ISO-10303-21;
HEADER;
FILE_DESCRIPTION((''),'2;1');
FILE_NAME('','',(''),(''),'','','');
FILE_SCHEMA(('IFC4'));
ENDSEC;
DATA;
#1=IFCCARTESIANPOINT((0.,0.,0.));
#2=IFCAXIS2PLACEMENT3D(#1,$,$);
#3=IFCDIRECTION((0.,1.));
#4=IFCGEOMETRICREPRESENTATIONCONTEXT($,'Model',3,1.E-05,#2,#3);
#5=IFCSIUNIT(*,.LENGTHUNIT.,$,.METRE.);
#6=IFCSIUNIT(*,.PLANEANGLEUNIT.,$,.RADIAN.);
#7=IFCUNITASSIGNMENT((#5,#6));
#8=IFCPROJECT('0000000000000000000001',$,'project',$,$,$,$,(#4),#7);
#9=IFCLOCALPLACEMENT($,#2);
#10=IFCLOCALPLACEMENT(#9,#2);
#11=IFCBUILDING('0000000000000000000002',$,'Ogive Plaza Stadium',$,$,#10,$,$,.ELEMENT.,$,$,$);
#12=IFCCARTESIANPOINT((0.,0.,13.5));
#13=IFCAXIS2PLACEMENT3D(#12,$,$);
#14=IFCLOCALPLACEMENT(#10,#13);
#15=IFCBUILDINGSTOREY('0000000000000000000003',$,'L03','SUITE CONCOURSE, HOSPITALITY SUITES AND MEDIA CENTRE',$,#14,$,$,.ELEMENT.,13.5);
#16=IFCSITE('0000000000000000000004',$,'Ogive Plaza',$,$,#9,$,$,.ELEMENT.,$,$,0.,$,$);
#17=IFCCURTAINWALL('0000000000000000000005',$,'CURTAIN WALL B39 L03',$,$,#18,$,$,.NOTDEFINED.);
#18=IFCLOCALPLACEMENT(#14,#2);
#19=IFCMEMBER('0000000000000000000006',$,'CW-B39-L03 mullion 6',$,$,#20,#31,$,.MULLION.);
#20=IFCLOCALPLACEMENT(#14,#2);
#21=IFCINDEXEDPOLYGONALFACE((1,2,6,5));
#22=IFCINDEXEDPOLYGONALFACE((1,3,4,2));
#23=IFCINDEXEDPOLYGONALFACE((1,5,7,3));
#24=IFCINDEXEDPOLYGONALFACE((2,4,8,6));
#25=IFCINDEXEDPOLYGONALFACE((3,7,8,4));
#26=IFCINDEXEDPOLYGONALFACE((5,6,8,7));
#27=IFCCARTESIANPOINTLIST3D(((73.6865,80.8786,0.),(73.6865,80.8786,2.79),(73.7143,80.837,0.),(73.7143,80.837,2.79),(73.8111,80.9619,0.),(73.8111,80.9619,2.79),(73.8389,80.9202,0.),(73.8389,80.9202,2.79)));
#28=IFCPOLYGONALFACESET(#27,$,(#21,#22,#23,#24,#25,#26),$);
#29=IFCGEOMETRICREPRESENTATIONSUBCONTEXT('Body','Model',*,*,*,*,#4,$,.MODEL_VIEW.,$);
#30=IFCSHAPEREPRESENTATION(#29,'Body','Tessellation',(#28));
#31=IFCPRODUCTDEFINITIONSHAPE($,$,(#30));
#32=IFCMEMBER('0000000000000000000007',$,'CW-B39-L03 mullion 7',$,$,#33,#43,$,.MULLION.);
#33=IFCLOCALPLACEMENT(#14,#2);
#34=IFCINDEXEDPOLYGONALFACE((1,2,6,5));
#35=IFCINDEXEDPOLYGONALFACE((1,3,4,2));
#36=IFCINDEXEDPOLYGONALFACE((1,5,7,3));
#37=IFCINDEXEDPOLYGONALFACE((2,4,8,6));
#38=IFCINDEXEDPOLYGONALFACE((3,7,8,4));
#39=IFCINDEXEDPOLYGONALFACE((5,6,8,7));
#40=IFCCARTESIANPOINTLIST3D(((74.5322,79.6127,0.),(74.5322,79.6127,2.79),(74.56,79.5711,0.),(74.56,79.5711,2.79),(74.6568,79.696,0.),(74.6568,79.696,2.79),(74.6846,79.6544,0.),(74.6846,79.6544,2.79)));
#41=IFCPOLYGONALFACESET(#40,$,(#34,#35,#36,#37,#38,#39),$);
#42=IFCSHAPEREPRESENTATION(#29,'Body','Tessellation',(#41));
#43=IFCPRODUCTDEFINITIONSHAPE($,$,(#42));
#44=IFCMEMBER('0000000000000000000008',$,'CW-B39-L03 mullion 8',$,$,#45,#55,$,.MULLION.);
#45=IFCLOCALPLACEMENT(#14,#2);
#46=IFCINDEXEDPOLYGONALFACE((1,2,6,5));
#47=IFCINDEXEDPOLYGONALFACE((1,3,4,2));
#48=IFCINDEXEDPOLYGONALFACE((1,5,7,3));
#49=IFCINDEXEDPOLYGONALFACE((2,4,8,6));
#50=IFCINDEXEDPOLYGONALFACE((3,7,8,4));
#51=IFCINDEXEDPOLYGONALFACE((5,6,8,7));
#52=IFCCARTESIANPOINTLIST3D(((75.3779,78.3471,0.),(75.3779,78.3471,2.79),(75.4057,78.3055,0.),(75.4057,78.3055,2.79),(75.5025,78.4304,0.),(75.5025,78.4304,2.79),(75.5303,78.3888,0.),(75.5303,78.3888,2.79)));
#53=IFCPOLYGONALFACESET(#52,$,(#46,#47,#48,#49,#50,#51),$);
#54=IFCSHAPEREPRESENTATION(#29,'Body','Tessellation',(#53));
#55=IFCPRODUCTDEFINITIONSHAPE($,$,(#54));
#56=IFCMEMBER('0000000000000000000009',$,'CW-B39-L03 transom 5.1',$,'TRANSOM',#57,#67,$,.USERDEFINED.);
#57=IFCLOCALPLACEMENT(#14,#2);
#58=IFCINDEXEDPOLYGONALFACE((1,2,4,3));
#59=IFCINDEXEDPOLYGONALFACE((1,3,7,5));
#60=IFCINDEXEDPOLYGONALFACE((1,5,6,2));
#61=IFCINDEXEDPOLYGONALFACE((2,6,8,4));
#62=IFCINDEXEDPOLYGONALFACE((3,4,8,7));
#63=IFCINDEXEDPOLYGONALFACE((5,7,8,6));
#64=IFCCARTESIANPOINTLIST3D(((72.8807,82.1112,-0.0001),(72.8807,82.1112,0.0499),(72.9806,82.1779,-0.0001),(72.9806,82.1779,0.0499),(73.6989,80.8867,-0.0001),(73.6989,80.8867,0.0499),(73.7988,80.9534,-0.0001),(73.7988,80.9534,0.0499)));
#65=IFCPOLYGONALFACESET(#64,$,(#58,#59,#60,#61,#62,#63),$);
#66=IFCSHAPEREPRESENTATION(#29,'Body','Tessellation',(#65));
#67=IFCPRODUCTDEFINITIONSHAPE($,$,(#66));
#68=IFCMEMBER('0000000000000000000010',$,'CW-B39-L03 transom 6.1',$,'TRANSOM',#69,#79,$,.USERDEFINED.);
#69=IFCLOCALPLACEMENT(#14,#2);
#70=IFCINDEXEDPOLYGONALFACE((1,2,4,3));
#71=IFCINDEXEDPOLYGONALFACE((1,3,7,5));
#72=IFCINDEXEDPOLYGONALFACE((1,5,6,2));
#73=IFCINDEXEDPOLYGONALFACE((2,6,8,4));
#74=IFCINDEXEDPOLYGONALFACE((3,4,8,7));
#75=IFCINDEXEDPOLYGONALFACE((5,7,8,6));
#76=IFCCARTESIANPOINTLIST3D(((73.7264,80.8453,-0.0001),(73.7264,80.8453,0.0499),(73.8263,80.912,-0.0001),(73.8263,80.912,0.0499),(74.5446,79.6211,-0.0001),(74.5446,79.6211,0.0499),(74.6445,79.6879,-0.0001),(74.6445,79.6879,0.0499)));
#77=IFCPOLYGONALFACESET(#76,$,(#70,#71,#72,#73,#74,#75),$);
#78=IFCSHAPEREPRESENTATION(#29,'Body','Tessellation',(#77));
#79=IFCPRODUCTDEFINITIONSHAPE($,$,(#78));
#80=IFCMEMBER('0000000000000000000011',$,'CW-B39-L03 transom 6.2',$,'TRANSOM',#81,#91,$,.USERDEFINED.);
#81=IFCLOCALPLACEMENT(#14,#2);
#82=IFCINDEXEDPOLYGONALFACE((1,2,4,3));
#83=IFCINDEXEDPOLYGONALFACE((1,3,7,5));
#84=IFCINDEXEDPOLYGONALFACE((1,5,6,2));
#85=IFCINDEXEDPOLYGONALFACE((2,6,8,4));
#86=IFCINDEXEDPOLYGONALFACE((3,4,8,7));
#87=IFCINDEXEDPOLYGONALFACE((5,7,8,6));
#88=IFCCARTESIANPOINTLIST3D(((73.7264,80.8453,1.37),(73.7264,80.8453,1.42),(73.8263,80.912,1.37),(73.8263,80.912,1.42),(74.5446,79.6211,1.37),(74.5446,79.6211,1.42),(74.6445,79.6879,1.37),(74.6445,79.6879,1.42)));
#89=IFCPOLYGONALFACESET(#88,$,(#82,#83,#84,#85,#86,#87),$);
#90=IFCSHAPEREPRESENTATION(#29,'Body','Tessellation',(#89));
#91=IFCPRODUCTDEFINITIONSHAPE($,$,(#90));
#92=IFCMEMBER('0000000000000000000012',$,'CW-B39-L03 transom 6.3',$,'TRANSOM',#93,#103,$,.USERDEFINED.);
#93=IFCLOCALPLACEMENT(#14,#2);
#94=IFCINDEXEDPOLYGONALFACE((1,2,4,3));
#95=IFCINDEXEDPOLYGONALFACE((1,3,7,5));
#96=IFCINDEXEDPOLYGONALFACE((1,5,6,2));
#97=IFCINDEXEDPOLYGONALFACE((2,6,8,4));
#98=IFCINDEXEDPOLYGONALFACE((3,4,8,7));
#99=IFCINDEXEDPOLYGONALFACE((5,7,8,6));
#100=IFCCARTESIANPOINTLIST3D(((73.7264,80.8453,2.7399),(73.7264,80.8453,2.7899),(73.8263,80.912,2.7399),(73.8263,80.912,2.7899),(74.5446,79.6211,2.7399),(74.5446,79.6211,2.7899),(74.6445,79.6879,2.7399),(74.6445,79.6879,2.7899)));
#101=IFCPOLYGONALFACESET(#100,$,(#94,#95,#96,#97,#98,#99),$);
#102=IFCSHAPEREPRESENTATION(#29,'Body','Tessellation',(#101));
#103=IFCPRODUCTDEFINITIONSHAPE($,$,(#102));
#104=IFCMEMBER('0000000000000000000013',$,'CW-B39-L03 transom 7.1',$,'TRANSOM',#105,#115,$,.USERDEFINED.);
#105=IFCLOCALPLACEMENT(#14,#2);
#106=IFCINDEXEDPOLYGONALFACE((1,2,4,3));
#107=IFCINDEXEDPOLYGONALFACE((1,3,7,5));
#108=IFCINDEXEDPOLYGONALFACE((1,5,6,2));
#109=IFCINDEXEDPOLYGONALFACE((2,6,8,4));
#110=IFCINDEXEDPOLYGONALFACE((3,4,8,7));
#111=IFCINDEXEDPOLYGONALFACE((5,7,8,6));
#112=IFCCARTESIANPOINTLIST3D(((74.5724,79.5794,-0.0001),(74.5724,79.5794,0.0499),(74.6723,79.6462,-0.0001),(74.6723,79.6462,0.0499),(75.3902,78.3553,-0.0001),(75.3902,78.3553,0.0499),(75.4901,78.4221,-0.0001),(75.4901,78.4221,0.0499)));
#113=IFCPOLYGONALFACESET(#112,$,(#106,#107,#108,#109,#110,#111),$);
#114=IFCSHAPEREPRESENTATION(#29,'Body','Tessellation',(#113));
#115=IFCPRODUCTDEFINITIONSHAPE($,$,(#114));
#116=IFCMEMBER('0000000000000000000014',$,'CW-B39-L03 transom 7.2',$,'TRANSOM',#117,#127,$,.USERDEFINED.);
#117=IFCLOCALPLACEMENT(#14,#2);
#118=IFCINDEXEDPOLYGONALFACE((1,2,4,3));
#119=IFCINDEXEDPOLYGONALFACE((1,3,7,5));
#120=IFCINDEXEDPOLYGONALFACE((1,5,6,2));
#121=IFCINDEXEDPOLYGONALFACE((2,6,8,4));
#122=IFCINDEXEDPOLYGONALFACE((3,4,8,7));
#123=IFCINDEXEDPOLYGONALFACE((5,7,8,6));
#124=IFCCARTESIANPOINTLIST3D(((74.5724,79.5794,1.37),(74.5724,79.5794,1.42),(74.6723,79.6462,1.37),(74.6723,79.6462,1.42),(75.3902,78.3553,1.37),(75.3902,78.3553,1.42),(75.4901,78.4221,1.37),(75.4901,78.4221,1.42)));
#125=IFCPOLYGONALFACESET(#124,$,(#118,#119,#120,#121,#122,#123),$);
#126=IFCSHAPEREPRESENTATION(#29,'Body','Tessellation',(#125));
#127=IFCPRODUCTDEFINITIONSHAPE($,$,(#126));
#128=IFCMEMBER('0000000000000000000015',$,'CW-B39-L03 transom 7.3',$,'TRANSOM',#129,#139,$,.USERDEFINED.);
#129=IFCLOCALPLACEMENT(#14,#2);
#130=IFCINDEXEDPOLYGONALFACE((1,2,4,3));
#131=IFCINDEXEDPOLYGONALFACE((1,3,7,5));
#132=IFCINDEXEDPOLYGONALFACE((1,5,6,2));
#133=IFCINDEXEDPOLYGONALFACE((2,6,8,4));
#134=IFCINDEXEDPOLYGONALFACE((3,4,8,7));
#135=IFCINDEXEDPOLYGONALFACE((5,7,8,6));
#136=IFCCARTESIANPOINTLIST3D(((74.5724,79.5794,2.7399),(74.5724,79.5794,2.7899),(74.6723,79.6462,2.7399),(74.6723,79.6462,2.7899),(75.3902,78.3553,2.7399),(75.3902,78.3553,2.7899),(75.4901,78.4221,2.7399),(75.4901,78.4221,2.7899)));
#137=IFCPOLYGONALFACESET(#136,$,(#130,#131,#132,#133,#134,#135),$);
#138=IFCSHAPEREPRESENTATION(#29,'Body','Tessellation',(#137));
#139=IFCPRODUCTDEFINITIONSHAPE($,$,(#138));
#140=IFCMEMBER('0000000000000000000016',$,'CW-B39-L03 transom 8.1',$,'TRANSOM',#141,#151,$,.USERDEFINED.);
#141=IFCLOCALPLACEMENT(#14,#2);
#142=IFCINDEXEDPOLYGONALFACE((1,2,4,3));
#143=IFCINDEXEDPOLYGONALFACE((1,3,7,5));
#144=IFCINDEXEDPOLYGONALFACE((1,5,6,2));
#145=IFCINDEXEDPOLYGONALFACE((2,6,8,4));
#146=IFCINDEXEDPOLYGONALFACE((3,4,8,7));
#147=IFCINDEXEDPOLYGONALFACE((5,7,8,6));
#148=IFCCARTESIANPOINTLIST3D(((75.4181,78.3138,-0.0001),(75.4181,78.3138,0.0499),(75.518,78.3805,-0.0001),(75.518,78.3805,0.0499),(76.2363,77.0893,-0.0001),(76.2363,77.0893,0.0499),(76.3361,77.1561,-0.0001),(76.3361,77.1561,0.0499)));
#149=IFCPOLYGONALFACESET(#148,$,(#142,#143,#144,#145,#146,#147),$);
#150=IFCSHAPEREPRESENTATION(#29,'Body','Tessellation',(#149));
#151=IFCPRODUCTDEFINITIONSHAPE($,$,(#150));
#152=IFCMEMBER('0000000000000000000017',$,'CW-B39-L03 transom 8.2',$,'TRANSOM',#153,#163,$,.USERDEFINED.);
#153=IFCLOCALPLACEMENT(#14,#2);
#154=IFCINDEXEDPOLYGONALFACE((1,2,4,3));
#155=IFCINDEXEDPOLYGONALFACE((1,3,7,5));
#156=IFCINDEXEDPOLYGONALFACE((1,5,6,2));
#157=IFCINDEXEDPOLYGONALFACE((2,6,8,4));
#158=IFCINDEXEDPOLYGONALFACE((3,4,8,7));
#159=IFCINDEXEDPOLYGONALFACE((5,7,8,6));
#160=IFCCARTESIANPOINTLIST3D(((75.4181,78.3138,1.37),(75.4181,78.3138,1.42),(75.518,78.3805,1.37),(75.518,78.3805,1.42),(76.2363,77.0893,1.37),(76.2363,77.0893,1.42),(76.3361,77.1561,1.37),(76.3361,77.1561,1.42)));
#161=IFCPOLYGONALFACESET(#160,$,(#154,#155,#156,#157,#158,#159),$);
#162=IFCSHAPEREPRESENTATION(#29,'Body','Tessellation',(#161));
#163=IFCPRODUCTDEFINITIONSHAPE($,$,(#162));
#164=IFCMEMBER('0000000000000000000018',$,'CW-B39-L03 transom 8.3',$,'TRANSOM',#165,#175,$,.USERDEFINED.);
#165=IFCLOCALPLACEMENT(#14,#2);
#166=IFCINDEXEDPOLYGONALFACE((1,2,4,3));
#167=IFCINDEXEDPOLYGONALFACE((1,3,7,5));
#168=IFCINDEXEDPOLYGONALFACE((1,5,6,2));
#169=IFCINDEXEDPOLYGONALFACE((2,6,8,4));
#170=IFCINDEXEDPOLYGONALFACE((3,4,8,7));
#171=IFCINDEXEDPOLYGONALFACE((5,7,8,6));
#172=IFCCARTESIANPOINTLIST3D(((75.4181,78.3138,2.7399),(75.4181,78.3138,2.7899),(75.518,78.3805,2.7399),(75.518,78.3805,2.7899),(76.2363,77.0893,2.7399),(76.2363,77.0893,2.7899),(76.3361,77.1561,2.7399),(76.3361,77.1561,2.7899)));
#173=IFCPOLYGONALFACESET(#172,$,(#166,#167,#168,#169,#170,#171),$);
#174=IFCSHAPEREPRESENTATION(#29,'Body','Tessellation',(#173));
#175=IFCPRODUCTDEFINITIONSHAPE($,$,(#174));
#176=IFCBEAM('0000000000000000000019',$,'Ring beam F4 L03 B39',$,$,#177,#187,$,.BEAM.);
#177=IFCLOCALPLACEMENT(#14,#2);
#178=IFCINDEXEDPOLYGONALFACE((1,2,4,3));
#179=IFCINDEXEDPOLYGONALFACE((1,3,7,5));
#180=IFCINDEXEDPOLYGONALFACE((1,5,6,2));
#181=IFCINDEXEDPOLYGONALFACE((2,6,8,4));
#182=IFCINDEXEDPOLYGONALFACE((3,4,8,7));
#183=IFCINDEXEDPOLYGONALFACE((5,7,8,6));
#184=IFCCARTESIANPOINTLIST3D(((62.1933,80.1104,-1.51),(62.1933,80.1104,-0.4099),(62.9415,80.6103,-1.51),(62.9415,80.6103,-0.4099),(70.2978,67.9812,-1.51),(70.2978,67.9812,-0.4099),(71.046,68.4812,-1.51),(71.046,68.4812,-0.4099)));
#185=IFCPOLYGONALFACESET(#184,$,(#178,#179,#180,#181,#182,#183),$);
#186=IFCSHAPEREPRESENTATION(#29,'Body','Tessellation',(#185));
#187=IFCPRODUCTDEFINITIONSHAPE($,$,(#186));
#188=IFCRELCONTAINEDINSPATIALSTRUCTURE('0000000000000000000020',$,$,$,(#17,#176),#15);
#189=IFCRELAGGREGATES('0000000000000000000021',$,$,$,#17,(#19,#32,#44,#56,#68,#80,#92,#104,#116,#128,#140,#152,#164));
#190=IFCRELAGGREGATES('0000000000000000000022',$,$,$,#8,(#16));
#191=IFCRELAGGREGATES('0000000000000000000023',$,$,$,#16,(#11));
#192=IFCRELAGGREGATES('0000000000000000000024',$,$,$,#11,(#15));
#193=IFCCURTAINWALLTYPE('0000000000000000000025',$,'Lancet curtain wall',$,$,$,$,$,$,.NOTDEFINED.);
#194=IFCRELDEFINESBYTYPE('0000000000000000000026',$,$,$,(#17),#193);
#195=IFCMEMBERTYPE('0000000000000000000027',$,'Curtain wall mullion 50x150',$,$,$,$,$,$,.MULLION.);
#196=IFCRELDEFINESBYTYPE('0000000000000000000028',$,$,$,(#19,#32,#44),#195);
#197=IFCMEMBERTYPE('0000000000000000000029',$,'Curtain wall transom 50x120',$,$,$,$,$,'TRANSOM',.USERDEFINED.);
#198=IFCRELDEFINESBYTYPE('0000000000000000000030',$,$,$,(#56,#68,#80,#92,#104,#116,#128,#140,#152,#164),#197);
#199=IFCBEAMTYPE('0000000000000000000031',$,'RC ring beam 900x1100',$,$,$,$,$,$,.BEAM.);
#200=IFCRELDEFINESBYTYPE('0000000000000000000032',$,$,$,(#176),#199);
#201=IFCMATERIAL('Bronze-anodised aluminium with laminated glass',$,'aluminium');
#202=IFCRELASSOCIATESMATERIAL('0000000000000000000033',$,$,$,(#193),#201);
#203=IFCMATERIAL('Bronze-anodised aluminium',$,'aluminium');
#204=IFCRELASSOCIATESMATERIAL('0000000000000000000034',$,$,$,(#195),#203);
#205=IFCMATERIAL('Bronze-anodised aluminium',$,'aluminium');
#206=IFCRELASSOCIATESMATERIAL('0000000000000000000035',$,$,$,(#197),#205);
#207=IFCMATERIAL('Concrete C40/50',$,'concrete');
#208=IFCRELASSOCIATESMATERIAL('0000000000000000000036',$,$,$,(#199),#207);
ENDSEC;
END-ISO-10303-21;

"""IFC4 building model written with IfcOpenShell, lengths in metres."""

from ifc_helpers import new_model, si_unit, direction, frame, origin, origin_2d, place, context, subcontext, project, spatial, rectangle, extrude, material, material_profile, profile_set, type_object, element, aggregate, save


model = new_model("IFC4")

# Units and contexts
model_context = context("Model", 3, precision=1e-05, world=origin(), true_north=direction((0.0, 1.0)))
body_context = subcontext(model_context, "Body", "Model", "MODEL_VIEW")
ifc_project = project(units=[si_unit("LENGTHUNIT", "METRE"), si_unit("PLANEANGLEUNIT", "RADIAN")], contexts=[model_context])

# Site, building, storey
site_placement = place(None, origin())
site = spatial("IfcSite", under=ifc_project, at=site_placement, Name="Ogive Plaza", CompositionType="ELEMENT", RefElevation=0.0)
building_placement = place(site_placement, origin())
building = spatial("IfcBuilding", under=site, at=building_placement, Name="Ogive Plaza Stadium", CompositionType="ELEMENT")
storey_placement = place(building_placement, frame((0.0, 0.0, 13.5)))
storey = spatial("IfcBuildingStorey", under=building, at=storey_placement, Name="L03", Description="SUITE CONCOURSE, HOSPITALITY SUITES AND MEDIA CENTRE", CompositionType="ELEMENT", Elevation=13.5)

# Curtain wall, members
ifc_material_1 = material(Name="Bronze-anodised aluminium with laminated glass", Category="aluminium")
curtain_wall_type = type_object("IfcCurtainWallType", Name="Lancet curtain wall", PredefinedType="NOTDEFINED", material=ifc_material_1)
curtain_wall_placement = place(storey_placement, origin())
curtain_wall = element("IfcCurtainWall", 1, at=curtain_wall_placement, inside=storey, type_object=curtain_wall_type, Name="CURTAIN WALL B39 L03", PredefinedType="NOTDEFINED")
ifc_material_2 = material(Name="Bronze-anodised aluminium", Category="aluminium")
ifc_material_profile_1 = material_profile(ifc_material_2, rectangle(XDim=0.1499, YDim=0.05, at=origin_2d()), Name="AL 150x50")
ifc_profile_set_1 = profile_set([ifc_material_profile_1], Name="Bronze-anodised aluminium")
member_type_1 = type_object("IfcMemberType", Name="Curtain wall mullion 50x150", PredefinedType="MULLION", material=ifc_profile_set_1)
member_1_placement = place(storey_placement, frame((73.7627, 80.8994, 0.0), z_axis=(0.0, 0.0, 1.0), x_axis=(0.83147, 0.55557, 0.0)))
member_1 = element("IfcMember", 2, at=member_1_placement, type_object=member_type_1, Name="CW-B39-L03 mullion 6", PredefinedType="MULLION", context=body_context, shape_type="SweptSolid", body=[
    extrude(rectangle(XDim=0.1499, YDim=0.05, at=origin_2d()), origin(), (0.0, 0.0, 1.0), 2.79),
])
member_2_placement = place(storey_placement, frame((74.6084, 79.6335, 0.0), z_axis=(0.0, 0.0, 1.0), x_axis=(0.83147, 0.55557, 0.0)))
member_2 = element("IfcMember", 3, at=member_2_placement, type_object=member_type_1, Name="CW-B39-L03 mullion 7", PredefinedType="MULLION", context=body_context, shape_type="SweptSolid", body=[
    extrude(rectangle(XDim=0.1499, YDim=0.05, at=origin_2d()), origin(), (0.0, 0.0, 1.0), 2.79),
])
member_3_placement = place(storey_placement, frame((75.4541, 78.3679, 0.0), z_axis=(0.0, 0.0, 1.0), x_axis=(0.83147, 0.55557, 0.0)))
member_3 = element("IfcMember", 4, at=member_3_placement, type_object=member_type_1, Name="CW-B39-L03 mullion 8", PredefinedType="MULLION", context=body_context, shape_type="SweptSolid", body=[
    extrude(rectangle(XDim=0.1499, YDim=0.05, at=origin_2d()), origin(), (0.0, 0.0, 1.0), 2.79),
])
ifc_material_3 = material(Name="Bronze-anodised aluminium", Category="aluminium")
ifc_material_profile_2 = material_profile(ifc_material_3, rectangle(XDim=0.1201, YDim=0.05, at=origin_2d()), Name="AL 120x50")
ifc_profile_set_2 = profile_set([ifc_material_profile_2], Name="Bronze-anodised aluminium")
member_type_2 = type_object("IfcMemberType", Name="Curtain wall transom 50x120", ElementType="TRANSOM", PredefinedType="USERDEFINED", material=ifc_profile_set_2)
member_4_placement = place(storey_placement, frame((72.9307, 82.1445, 0.0249), z_axis=(0.55558, -0.831463, 0.0), x_axis=(0.831463, 0.55558, 0.0)))
member_4 = element("IfcMember", 5, at=member_4_placement, type_object=member_type_2, Name="CW-B39-L03 transom 5.1", ObjectType="TRANSOM", PredefinedType="USERDEFINED", context=body_context, shape_type="SweptSolid", body=[
    extrude(rectangle(XDim=0.1201, YDim=0.05, at=origin_2d()), origin(), (0.0, 0.0, 1.0), 1.4727),
])
member_5_placement = place(storey_placement, frame((73.7764, 80.8787, 0.0249), z_axis=(0.555656, -0.831412, 0.0), x_axis=(0.831412, 0.555656, 0.0)))
member_5 = element("IfcMember", 6, at=member_5_placement, type_object=member_type_2, Name="CW-B39-L03 transom 6.1", ObjectType="TRANSOM", PredefinedType="USERDEFINED", context=body_context, shape_type="SweptSolid", body=[
    extrude(rectangle(XDim=0.1201, YDim=0.05, at=origin_2d()), origin(), (0.0, 0.0, 1.0), 1.4724),
])
member_6_placement = place(storey_placement, frame((73.7764, 80.8787, 1.395), z_axis=(0.555656, -0.831412, 0.0), x_axis=(0.831412, 0.555656, 0.0)))
member_6 = element("IfcMember", 7, at=member_6_placement, type_object=member_type_2, Name="CW-B39-L03 transom 6.2", ObjectType="TRANSOM", PredefinedType="USERDEFINED", context=body_context, shape_type="SweptSolid", body=[
    extrude(rectangle(XDim=0.1201, YDim=0.05, at=origin_2d()), origin(), (0.0, 0.0, 1.0), 1.4724),
])
member_7_placement = place(storey_placement, frame((73.7764, 80.8787, 2.7649), z_axis=(0.555656, -0.831412, 0.0), x_axis=(0.831412, 0.555656, 0.0)))
member_7 = element("IfcMember", 8, at=member_7_placement, type_object=member_type_2, Name="CW-B39-L03 transom 6.3", ObjectType="TRANSOM", PredefinedType="USERDEFINED", context=body_context, shape_type="SweptSolid", body=[
    extrude(rectangle(XDim=0.1201, YDim=0.05, at=origin_2d()), origin(), (0.0, 0.0, 1.0), 1.4724),
])
member_8_placement = place(storey_placement, frame((74.6223, 79.6128, 0.0249), z_axis=(0.555542, -0.831489, 0.0), x_axis=(0.831489, 0.555542, 0.0)))
member_8 = element("IfcMember", 9, at=member_8_placement, type_object=member_type_2, Name="CW-B39-L03 transom 7.1", ObjectType="TRANSOM", PredefinedType="USERDEFINED", context=body_context, shape_type="SweptSolid", body=[
    extrude(rectangle(XDim=0.1201, YDim=0.05, at=origin_2d()), origin(), (0.0, 0.0, 1.0), 1.4722),
])
member_9_placement = place(storey_placement, frame((74.6223, 79.6128, 1.395), z_axis=(0.555542, -0.831489, 0.0), x_axis=(0.831489, 0.555542, 0.0)))
member_9 = element("IfcMember", 10, at=member_9_placement, type_object=member_type_2, Name="CW-B39-L03 transom 7.2", ObjectType="TRANSOM", PredefinedType="USERDEFINED", context=body_context, shape_type="SweptSolid", body=[
    extrude(rectangle(XDim=0.1201, YDim=0.05, at=origin_2d()), origin(), (0.0, 0.0, 1.0), 1.4722),
])
member_10_placement = place(storey_placement, frame((74.6223, 79.6128, 2.7649), z_axis=(0.555542, -0.831489, 0.0), x_axis=(0.831489, 0.555542, 0.0)))
member_10 = element("IfcMember", 11, at=member_10_placement, type_object=member_type_2, Name="CW-B39-L03 transom 7.3", ObjectType="TRANSOM", PredefinedType="USERDEFINED", context=body_context, shape_type="SweptSolid", body=[
    extrude(rectangle(XDim=0.1201, YDim=0.05, at=origin_2d()), origin(), (0.0, 0.0, 1.0), 1.4722),
])
member_11_placement = place(storey_placement, frame((75.468, 78.3472, 0.0249), z_axis=(0.55558, -0.831463, 0.0), x_axis=(0.831463, 0.55558, 0.0)))
member_11 = element("IfcMember", 12, at=member_11_placement, type_object=member_type_2, Name="CW-B39-L03 transom 8.1", ObjectType="TRANSOM", PredefinedType="USERDEFINED", context=body_context, shape_type="SweptSolid", body=[
    extrude(rectangle(XDim=0.1201, YDim=0.05, at=origin_2d()), origin(), (0.0, 0.0, 1.0), 1.4727),
])
member_12_placement = place(storey_placement, frame((75.468, 78.3472, 1.395), z_axis=(0.55558, -0.831463, 0.0), x_axis=(0.831463, 0.55558, 0.0)))
member_12 = element("IfcMember", 13, at=member_12_placement, type_object=member_type_2, Name="CW-B39-L03 transom 8.2", ObjectType="TRANSOM", PredefinedType="USERDEFINED", context=body_context, shape_type="SweptSolid", body=[
    extrude(rectangle(XDim=0.1201, YDim=0.05, at=origin_2d()), origin(), (0.0, 0.0, 1.0), 1.4727),
])
member_13_placement = place(storey_placement, frame((75.468, 78.3472, 2.7649), z_axis=(0.55558, -0.831463, 0.0), x_axis=(0.831463, 0.55558, 0.0)))
member_13 = element("IfcMember", 14, at=member_13_placement, type_object=member_type_2, Name="CW-B39-L03 transom 8.3", ObjectType="TRANSOM", PredefinedType="USERDEFINED", context=body_context, shape_type="SweptSolid", body=[
    extrude(rectangle(XDim=0.1201, YDim=0.05, at=origin_2d()), origin(), (0.0, 0.0, 1.0), 1.4727),
])

# Beam
ifc_material_4 = material(Name="Concrete C40/50", Category="concrete")
ifc_material_profile_3 = material_profile(ifc_material_4, rectangle(XDim=0.8999, YDim=1.1001, at=origin_2d()), Name="RC 900x1100")
ifc_profile_set_3 = profile_set([ifc_material_profile_3], Name="Concrete C40/50")
beam_type = type_object("IfcBeamType", Name="RC ring beam 900x1100", PredefinedType="BEAM", material=ifc_profile_set_3)
beam_placement = place(storey_placement, frame((62.5674, 80.3604, -0.96), z_axis=(0.555573, -0.831468, 0.0), x_axis=(0.831468, 0.555573, 0.0)))
element("IfcBeam", 15, at=beam_placement, inside=storey, type_object=beam_type, Name="Ring beam F4 L03 B39", PredefinedType="BEAM", context=body_context, shape_type="SweptSolid", body=[
    extrude(rectangle(XDim=0.8999, YDim=1.1001, at=origin_2d()), origin(), (0.0, 0.0, 1.0), 14.5876),
])

aggregate(curtain_wall, [member_1, member_2, member_3, member_4, member_5, member_6, member_7, member_8, member_9, member_10, member_11, member_12, member_13])

save(model, "model.ifc")
